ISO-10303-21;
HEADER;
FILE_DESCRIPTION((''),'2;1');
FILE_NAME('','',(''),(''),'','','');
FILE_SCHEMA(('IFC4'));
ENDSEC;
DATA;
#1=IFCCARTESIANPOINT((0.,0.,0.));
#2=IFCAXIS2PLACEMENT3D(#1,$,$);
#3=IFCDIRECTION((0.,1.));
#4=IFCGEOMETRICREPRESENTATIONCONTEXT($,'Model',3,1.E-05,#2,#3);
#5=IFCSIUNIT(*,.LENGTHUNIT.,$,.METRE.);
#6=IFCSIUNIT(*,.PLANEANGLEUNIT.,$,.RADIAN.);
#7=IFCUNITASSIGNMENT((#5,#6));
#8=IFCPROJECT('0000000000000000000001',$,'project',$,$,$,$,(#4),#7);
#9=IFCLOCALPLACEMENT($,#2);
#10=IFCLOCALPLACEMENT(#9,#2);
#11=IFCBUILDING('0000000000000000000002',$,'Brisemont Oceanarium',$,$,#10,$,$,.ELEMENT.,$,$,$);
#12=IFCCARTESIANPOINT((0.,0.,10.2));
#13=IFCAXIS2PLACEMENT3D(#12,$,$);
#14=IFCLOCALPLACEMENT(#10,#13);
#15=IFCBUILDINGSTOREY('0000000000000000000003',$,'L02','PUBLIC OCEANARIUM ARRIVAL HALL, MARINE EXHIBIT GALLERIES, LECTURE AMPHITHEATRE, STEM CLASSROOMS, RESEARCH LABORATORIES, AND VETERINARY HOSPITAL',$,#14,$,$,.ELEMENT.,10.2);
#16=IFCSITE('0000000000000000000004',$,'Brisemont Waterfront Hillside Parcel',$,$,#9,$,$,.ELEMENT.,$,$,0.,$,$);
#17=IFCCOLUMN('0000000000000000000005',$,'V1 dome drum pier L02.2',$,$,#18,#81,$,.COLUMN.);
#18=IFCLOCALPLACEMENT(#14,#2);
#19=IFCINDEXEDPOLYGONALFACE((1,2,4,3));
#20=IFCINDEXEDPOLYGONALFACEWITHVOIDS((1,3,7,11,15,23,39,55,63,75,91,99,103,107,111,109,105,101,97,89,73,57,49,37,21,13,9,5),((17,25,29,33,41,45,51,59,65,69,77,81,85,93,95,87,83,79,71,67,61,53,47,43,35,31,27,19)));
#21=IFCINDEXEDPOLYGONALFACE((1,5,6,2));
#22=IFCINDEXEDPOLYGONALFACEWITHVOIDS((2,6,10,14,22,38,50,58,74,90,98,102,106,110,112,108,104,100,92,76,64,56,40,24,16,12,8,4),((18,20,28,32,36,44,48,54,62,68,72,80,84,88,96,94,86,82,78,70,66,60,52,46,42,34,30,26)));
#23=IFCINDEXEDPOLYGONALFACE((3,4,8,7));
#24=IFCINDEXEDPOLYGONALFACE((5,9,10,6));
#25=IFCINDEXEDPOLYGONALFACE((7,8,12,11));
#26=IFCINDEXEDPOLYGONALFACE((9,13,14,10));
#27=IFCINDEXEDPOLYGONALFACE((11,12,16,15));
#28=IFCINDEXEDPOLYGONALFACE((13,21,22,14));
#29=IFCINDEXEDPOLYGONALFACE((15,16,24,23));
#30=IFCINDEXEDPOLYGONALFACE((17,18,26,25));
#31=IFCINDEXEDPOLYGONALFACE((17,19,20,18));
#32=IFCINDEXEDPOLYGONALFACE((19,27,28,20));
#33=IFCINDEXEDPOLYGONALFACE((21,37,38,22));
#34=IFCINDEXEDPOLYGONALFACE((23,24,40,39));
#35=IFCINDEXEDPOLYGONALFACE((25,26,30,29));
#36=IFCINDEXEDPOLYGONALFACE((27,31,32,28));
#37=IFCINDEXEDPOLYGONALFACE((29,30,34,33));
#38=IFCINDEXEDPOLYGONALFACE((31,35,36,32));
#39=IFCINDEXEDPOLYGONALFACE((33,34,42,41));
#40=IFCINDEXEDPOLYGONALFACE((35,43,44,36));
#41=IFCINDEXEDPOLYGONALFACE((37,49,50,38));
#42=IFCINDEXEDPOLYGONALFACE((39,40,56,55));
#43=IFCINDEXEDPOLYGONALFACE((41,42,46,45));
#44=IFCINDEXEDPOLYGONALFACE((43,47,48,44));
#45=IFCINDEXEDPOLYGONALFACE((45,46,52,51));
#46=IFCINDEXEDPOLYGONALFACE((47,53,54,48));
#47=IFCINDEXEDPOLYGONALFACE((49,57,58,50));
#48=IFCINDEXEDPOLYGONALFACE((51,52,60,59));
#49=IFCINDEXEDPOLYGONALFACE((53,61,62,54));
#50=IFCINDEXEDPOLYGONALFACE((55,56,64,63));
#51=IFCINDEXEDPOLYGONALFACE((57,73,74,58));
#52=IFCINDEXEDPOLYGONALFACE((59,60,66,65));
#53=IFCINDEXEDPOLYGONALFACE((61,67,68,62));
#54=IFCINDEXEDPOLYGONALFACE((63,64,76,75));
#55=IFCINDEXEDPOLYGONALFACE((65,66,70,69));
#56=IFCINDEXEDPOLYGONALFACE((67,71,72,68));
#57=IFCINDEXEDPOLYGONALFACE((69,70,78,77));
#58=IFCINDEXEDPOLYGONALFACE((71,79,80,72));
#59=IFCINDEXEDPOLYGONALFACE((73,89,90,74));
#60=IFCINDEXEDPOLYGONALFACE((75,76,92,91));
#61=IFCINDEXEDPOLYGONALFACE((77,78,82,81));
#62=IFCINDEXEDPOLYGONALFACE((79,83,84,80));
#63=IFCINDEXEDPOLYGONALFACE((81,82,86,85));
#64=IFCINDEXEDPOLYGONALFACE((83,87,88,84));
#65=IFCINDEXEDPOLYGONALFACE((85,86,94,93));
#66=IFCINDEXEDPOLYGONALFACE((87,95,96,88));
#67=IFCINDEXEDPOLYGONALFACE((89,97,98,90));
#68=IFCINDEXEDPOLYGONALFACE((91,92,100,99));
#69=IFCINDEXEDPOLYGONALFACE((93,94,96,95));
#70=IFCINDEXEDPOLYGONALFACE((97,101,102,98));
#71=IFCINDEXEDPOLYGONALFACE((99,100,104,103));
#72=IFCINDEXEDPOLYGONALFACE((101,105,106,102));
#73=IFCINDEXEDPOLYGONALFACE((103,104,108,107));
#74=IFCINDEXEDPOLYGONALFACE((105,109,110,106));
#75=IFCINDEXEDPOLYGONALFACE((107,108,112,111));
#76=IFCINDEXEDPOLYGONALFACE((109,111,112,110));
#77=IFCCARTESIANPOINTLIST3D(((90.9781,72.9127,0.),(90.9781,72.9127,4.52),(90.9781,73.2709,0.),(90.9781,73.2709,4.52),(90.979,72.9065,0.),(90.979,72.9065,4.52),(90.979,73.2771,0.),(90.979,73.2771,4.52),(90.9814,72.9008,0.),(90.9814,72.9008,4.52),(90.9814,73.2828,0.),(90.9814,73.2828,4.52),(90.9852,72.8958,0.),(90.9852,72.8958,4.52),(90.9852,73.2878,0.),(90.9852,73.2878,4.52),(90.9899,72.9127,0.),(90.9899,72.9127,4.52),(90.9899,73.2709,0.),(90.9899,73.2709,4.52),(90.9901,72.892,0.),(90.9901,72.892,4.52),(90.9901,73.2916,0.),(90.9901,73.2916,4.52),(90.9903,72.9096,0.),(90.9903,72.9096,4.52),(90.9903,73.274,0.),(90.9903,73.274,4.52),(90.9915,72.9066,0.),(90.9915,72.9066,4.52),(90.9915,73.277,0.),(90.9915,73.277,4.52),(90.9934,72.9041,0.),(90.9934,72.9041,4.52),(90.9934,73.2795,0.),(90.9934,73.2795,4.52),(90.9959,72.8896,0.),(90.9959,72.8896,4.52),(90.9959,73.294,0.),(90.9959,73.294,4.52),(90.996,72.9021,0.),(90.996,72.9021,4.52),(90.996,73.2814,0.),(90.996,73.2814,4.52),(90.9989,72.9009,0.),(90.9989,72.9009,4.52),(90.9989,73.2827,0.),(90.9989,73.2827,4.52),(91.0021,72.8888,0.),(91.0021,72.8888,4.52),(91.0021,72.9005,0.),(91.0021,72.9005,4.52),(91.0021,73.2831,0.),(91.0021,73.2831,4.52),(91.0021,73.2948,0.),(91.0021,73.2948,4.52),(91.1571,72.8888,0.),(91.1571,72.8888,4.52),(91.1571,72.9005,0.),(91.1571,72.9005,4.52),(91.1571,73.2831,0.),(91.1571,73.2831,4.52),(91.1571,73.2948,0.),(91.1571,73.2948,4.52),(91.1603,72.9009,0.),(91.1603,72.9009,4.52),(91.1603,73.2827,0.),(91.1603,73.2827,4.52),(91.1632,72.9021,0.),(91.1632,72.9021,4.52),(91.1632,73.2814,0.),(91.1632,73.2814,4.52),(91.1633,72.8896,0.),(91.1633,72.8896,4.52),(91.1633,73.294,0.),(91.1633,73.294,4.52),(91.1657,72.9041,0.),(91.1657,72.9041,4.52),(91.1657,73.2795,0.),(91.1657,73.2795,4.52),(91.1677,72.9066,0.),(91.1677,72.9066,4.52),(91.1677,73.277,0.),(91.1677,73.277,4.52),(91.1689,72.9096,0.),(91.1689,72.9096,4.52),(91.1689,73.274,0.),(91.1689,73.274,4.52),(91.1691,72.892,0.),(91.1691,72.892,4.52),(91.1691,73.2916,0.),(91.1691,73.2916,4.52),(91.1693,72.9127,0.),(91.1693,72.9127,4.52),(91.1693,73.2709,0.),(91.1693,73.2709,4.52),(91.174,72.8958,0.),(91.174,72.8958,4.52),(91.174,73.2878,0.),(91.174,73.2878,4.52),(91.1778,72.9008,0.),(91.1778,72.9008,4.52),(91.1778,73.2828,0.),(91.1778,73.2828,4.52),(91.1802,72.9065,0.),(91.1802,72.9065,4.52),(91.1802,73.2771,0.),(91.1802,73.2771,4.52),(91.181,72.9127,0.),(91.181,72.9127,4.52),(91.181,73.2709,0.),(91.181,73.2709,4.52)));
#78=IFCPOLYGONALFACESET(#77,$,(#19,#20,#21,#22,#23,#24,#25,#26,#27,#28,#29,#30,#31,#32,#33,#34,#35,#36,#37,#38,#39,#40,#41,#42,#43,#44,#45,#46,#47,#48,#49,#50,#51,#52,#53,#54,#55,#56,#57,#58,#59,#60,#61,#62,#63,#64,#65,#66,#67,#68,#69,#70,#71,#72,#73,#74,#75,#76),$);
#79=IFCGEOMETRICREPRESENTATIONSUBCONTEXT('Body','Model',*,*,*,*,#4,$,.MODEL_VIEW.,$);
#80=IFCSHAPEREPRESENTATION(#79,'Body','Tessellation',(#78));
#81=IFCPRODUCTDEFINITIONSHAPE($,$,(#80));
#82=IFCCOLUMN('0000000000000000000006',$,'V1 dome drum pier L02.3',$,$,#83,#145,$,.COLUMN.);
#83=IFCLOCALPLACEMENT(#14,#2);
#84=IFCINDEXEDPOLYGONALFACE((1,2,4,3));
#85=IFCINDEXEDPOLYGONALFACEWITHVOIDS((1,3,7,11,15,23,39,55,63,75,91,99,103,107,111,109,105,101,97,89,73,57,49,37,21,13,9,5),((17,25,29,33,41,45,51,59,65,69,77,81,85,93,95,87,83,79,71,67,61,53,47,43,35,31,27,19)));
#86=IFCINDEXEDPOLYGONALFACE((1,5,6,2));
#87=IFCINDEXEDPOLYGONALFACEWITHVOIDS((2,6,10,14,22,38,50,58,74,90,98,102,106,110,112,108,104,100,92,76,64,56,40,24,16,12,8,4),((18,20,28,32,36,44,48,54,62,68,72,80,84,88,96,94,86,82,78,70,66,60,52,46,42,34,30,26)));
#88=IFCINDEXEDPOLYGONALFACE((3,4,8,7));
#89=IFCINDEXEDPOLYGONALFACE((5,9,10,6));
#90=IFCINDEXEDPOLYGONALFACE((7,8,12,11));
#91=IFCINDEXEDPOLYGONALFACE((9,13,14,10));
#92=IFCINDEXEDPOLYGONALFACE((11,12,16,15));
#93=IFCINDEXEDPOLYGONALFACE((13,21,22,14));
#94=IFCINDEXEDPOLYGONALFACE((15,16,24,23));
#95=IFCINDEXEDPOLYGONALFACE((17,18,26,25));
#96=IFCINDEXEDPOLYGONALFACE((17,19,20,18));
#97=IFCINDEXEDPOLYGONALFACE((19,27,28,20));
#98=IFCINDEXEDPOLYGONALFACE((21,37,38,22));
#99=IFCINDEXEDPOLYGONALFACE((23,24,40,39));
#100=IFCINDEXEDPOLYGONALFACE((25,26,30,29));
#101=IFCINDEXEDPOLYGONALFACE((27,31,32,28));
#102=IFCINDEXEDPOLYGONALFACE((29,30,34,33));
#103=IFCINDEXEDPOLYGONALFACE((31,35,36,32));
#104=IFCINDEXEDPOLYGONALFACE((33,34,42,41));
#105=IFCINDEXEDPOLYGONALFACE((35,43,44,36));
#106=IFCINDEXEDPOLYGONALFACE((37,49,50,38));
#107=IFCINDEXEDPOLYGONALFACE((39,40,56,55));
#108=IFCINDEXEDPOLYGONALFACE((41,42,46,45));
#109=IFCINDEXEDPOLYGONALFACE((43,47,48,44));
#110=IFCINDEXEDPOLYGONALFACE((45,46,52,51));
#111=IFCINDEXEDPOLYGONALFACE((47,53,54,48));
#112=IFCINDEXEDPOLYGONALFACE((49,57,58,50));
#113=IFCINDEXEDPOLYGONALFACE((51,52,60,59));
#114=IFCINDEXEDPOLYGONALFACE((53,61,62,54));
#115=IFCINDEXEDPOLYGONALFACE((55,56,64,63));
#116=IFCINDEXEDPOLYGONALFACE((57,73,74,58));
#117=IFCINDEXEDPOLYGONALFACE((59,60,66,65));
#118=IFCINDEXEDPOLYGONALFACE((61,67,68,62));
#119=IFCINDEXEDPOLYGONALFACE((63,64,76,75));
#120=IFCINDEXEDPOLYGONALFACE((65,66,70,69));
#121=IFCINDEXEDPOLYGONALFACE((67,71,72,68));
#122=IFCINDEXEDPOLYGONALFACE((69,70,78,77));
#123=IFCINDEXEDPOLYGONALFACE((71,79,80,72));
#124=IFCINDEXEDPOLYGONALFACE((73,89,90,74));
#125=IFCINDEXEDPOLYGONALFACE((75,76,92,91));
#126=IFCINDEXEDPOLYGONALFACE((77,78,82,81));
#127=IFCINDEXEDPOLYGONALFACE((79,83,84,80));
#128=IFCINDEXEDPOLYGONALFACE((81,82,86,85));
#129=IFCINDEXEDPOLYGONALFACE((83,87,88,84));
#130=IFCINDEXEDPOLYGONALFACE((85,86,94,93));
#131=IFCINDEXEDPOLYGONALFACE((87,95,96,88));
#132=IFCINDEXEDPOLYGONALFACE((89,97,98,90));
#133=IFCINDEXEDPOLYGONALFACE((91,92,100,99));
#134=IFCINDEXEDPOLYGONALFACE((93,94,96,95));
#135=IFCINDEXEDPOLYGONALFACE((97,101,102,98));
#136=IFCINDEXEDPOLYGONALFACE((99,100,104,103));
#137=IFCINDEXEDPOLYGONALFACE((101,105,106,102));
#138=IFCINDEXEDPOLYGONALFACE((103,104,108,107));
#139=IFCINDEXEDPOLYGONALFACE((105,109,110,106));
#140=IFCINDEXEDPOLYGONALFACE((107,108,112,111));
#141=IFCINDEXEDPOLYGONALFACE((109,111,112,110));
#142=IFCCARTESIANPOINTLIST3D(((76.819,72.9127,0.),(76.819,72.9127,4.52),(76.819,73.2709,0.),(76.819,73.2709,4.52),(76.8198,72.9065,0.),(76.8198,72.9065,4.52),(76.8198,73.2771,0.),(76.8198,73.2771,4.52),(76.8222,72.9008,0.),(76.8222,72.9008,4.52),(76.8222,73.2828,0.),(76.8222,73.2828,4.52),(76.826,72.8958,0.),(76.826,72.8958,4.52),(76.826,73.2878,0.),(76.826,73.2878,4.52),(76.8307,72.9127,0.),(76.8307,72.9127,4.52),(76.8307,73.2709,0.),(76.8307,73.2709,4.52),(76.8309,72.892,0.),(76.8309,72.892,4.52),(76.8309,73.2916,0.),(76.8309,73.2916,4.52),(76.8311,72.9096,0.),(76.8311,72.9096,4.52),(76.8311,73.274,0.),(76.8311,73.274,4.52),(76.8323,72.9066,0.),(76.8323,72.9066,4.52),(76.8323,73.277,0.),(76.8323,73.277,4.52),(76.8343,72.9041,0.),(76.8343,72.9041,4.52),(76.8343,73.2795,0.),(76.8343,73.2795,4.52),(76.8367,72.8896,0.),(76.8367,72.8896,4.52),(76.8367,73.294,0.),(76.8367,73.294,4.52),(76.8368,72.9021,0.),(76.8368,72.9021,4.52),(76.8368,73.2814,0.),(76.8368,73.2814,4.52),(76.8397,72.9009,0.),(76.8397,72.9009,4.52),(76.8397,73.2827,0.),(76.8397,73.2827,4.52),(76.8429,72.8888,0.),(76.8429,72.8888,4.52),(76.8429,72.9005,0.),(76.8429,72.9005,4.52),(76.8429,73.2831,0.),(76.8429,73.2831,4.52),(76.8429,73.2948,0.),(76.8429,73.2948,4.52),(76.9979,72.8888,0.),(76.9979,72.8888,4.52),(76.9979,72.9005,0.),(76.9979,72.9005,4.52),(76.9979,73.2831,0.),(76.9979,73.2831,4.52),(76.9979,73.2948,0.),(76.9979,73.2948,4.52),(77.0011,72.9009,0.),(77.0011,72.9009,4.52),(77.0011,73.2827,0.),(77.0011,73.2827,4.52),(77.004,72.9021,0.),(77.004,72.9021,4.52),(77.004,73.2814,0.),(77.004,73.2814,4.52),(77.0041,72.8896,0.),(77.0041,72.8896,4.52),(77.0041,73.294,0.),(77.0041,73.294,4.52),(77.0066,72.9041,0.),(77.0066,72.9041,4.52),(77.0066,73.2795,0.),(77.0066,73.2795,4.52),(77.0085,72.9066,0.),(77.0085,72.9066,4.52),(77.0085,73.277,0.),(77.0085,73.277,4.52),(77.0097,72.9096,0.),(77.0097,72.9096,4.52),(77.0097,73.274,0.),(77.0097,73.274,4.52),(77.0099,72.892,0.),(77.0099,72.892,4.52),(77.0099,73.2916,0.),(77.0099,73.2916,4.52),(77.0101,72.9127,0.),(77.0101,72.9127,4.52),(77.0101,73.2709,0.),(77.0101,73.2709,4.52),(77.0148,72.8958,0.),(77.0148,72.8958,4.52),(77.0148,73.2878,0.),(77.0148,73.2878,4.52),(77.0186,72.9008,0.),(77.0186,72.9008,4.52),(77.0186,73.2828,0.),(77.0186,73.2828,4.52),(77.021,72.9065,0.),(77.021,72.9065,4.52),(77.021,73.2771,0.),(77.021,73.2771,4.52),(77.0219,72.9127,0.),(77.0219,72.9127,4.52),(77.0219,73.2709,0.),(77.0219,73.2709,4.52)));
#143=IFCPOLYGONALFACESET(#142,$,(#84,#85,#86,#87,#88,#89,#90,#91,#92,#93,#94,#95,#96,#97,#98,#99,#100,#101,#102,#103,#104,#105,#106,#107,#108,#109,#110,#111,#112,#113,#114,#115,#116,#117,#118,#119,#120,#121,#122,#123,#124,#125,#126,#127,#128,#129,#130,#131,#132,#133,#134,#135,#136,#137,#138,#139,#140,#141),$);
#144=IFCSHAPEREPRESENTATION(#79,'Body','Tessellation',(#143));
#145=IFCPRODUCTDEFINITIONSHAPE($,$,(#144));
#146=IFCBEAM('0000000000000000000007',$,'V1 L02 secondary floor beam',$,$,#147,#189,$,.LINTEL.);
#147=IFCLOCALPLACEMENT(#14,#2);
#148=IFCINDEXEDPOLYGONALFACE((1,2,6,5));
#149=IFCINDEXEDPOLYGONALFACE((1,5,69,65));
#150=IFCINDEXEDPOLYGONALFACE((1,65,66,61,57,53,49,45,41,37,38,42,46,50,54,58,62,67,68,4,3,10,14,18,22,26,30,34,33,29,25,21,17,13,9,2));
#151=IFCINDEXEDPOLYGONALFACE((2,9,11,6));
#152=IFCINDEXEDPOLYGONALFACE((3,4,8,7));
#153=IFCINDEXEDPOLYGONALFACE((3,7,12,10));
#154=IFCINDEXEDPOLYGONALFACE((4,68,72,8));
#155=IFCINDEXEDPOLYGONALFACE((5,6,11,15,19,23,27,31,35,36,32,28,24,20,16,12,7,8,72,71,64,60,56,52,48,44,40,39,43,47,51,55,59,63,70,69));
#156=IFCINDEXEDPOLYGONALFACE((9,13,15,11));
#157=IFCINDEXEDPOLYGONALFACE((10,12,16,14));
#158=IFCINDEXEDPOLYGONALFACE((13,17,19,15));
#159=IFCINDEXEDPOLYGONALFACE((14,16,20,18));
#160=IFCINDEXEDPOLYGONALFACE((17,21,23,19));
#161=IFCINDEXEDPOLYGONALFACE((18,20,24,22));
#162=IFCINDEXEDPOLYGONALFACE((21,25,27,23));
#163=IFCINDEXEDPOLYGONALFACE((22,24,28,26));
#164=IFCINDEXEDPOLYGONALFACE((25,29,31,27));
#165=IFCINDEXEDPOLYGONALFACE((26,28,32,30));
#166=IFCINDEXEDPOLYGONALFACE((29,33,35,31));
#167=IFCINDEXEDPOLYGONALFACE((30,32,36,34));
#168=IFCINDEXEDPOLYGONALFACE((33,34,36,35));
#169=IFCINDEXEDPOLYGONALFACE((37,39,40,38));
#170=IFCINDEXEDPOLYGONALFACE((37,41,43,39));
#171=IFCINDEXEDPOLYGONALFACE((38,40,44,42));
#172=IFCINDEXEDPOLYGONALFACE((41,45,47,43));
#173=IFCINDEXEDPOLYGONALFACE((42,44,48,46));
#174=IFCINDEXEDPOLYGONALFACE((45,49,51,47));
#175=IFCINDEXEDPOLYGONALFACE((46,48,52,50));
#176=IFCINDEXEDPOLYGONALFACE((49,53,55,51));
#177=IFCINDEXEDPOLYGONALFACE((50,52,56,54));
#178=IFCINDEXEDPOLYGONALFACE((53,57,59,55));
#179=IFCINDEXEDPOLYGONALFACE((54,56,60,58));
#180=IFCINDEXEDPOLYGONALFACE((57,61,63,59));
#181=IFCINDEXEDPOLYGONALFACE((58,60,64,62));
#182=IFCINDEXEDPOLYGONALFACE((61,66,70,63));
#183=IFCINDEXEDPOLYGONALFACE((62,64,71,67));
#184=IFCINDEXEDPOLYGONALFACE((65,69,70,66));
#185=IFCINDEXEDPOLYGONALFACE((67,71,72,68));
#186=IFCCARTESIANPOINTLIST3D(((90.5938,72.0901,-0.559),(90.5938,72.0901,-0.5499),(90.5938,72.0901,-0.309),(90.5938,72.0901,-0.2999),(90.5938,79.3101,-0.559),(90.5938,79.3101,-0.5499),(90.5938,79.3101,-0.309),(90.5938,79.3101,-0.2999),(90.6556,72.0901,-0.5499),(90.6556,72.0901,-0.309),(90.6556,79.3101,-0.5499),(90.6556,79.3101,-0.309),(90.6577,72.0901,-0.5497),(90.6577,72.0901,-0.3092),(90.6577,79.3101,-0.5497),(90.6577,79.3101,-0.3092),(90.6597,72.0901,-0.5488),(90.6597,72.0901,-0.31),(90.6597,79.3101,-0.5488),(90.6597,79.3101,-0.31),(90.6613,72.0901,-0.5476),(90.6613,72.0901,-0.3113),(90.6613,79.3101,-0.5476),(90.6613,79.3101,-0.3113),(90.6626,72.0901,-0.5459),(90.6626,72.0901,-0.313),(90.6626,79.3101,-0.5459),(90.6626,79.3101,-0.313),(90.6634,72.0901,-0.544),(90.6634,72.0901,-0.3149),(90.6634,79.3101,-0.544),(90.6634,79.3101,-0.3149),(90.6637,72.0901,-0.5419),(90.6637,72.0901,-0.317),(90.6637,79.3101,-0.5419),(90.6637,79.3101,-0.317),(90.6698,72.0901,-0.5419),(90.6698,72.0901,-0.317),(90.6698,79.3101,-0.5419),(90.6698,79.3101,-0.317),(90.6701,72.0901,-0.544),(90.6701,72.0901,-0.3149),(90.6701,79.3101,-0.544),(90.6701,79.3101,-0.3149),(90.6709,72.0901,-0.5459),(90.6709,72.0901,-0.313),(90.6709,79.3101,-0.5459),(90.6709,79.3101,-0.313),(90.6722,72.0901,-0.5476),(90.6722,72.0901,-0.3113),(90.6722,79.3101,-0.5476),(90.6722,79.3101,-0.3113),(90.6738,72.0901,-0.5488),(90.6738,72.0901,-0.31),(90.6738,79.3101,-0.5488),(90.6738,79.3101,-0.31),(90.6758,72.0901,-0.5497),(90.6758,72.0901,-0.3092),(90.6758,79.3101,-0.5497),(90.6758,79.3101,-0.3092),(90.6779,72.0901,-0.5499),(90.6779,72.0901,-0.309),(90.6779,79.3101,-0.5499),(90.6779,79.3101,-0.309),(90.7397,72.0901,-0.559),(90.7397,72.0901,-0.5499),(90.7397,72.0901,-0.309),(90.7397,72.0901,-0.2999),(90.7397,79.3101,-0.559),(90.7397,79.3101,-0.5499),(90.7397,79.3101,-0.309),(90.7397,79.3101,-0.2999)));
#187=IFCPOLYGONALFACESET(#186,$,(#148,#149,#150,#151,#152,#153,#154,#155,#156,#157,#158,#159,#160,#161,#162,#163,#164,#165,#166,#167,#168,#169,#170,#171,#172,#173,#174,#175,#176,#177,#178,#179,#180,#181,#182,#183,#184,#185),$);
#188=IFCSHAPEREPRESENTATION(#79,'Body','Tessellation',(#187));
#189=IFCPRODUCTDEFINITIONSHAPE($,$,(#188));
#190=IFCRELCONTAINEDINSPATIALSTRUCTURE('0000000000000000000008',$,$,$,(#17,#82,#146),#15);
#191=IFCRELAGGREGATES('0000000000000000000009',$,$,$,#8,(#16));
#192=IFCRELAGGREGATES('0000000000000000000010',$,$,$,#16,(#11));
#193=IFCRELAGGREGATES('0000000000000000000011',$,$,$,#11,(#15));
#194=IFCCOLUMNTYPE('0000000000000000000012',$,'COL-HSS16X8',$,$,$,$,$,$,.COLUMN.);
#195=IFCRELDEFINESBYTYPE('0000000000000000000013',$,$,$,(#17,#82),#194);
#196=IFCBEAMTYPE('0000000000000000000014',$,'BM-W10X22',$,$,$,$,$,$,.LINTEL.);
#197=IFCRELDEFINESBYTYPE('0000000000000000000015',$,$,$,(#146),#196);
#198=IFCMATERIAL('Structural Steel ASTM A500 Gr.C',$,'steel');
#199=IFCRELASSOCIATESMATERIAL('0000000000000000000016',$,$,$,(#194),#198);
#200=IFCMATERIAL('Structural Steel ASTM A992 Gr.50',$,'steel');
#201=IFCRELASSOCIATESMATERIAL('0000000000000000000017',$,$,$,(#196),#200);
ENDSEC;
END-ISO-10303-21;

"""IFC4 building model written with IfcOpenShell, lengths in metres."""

from ifc_helpers import new_model, si_unit, direction, frame, origin, origin_2d, place, context, subcontext, project, spatial, hollow_rectangle, i_section, extrude, material, material_profile, profile_set, type_object, element, save


model = new_model("IFC4")

# Units and contexts
model_context = context("Model", 3, precision=1e-05, world=origin(), true_north=direction((0.0, 1.0)))
body_context = subcontext(model_context, "Body", "Model", "MODEL_VIEW")
ifc_project = project(units=[si_unit("LENGTHUNIT", "METRE"), si_unit("PLANEANGLEUNIT", "RADIAN")], contexts=[model_context])

# Site, building, storey
site_placement = place(None, origin())
site = spatial("IfcSite", under=ifc_project, at=site_placement, Name="Brisemont Waterfront Hillside Parcel", CompositionType="ELEMENT", RefElevation=0.0)
building_placement = place(site_placement, origin())
building = spatial("IfcBuilding", under=site, at=building_placement, Name="Brisemont Oceanarium", CompositionType="ELEMENT")
storey_placement = place(building_placement, frame((0.0, 0.0, 10.2)))
storey = spatial("IfcBuildingStorey", under=building, at=storey_placement, Name="L02", Description="PUBLIC OCEANARIUM ARRIVAL HALL, MARINE EXHIBIT GALLERIES, LECTURE AMPHITHEATRE, STEM CLASSROOMS, RESEARCH LABORATORIES, AND VETERINARY HOSPITAL", CompositionType="ELEMENT", Elevation=10.2)

# Columns
ifc_material_1 = material(Name="Structural Steel ASTM A500 Gr.C", Category="steel")
ifc_material_profile_1 = material_profile(ifc_material_1, hollow_rectangle(XDim=0.2029, YDim=0.406, WallThickness=0.0117, InnerFilletRadius=0.0122, OuterFilletRadius=0.0239, at=origin_2d()), Name="HSS16X8X1/2")
ifc_profile_set_1 = profile_set([ifc_material_profile_1], Name="Structural Steel ASTM A500 Gr.C")
column_type = type_object("IfcColumnType", Name="COL-HSS16X8", PredefinedType="COLUMN", material=ifc_profile_set_1)
for number, where, z_axis, x_axis, name in (
    (1, (91.0796, 73.0918, 0.0), (0.0, 0.0, 1.0), (1.0, 0.0, 0.0), "V1 dome drum pier L02.2"),
    (2, (76.9204, 73.0918, 0.0), (0.0, 0.0, 1.0), (1.0, 0.0, 0.0), "V1 dome drum pier L02.3"),
):
    element("IfcColumn", number, at=place(storey_placement, frame(where, z_axis=z_axis, x_axis=x_axis)), inside=storey, type_object=column_type, Name=name, PredefinedType="COLUMN", context=body_context, shape_type="SweptSolid", body=[
        extrude(hollow_rectangle(XDim=0.2029, YDim=0.406, WallThickness=0.0117, InnerFilletRadius=0.0122, OuterFilletRadius=0.0239, at=origin_2d()), origin(), (0.0, 0.0, 1.0), 4.52),
    ])

# Beam
ifc_material_2 = material(Name="Structural Steel ASTM A992 Gr.50", Category="steel")
ifc_material_profile_2 = material_profile(ifc_material_2, i_section(OverallWidth=0.146, OverallDepth=0.259, WebThickness=0.0061, FlangeThickness=0.009, FilletRadius=0.0081, at=origin_2d()), Name="W10X22")
ifc_profile_set_2 = profile_set([ifc_material_profile_2], Name="Structural Steel ASTM A992 Gr.50")
beam_type_1 = type_object("IfcBeamType", Name="BM-W10X22", PredefinedType="LINTEL", material=ifc_profile_set_2)
beam_1_placement = place(storey_placement, frame((90.6667, 72.0901, -0.4294), z_axis=(0.0, 1.0, 0.0), x_axis=(-1.0, 0.0, 0.0)))
element("IfcBeam", 3, at=beam_1_placement, inside=storey, type_object=beam_type_1, Name="V1 L02 secondary floor beam", PredefinedType="LINTEL", context=body_context, shape_type="SweptSolid", body=[
    extrude(i_section(OverallWidth=0.146, OverallDepth=0.259, WebThickness=0.0061, FlangeThickness=0.009, FilletRadius=0.0081, at=origin_2d()), origin(), (0.0, 0.0, 1.0), 7.22),
])

save(model, "model.ifc")
